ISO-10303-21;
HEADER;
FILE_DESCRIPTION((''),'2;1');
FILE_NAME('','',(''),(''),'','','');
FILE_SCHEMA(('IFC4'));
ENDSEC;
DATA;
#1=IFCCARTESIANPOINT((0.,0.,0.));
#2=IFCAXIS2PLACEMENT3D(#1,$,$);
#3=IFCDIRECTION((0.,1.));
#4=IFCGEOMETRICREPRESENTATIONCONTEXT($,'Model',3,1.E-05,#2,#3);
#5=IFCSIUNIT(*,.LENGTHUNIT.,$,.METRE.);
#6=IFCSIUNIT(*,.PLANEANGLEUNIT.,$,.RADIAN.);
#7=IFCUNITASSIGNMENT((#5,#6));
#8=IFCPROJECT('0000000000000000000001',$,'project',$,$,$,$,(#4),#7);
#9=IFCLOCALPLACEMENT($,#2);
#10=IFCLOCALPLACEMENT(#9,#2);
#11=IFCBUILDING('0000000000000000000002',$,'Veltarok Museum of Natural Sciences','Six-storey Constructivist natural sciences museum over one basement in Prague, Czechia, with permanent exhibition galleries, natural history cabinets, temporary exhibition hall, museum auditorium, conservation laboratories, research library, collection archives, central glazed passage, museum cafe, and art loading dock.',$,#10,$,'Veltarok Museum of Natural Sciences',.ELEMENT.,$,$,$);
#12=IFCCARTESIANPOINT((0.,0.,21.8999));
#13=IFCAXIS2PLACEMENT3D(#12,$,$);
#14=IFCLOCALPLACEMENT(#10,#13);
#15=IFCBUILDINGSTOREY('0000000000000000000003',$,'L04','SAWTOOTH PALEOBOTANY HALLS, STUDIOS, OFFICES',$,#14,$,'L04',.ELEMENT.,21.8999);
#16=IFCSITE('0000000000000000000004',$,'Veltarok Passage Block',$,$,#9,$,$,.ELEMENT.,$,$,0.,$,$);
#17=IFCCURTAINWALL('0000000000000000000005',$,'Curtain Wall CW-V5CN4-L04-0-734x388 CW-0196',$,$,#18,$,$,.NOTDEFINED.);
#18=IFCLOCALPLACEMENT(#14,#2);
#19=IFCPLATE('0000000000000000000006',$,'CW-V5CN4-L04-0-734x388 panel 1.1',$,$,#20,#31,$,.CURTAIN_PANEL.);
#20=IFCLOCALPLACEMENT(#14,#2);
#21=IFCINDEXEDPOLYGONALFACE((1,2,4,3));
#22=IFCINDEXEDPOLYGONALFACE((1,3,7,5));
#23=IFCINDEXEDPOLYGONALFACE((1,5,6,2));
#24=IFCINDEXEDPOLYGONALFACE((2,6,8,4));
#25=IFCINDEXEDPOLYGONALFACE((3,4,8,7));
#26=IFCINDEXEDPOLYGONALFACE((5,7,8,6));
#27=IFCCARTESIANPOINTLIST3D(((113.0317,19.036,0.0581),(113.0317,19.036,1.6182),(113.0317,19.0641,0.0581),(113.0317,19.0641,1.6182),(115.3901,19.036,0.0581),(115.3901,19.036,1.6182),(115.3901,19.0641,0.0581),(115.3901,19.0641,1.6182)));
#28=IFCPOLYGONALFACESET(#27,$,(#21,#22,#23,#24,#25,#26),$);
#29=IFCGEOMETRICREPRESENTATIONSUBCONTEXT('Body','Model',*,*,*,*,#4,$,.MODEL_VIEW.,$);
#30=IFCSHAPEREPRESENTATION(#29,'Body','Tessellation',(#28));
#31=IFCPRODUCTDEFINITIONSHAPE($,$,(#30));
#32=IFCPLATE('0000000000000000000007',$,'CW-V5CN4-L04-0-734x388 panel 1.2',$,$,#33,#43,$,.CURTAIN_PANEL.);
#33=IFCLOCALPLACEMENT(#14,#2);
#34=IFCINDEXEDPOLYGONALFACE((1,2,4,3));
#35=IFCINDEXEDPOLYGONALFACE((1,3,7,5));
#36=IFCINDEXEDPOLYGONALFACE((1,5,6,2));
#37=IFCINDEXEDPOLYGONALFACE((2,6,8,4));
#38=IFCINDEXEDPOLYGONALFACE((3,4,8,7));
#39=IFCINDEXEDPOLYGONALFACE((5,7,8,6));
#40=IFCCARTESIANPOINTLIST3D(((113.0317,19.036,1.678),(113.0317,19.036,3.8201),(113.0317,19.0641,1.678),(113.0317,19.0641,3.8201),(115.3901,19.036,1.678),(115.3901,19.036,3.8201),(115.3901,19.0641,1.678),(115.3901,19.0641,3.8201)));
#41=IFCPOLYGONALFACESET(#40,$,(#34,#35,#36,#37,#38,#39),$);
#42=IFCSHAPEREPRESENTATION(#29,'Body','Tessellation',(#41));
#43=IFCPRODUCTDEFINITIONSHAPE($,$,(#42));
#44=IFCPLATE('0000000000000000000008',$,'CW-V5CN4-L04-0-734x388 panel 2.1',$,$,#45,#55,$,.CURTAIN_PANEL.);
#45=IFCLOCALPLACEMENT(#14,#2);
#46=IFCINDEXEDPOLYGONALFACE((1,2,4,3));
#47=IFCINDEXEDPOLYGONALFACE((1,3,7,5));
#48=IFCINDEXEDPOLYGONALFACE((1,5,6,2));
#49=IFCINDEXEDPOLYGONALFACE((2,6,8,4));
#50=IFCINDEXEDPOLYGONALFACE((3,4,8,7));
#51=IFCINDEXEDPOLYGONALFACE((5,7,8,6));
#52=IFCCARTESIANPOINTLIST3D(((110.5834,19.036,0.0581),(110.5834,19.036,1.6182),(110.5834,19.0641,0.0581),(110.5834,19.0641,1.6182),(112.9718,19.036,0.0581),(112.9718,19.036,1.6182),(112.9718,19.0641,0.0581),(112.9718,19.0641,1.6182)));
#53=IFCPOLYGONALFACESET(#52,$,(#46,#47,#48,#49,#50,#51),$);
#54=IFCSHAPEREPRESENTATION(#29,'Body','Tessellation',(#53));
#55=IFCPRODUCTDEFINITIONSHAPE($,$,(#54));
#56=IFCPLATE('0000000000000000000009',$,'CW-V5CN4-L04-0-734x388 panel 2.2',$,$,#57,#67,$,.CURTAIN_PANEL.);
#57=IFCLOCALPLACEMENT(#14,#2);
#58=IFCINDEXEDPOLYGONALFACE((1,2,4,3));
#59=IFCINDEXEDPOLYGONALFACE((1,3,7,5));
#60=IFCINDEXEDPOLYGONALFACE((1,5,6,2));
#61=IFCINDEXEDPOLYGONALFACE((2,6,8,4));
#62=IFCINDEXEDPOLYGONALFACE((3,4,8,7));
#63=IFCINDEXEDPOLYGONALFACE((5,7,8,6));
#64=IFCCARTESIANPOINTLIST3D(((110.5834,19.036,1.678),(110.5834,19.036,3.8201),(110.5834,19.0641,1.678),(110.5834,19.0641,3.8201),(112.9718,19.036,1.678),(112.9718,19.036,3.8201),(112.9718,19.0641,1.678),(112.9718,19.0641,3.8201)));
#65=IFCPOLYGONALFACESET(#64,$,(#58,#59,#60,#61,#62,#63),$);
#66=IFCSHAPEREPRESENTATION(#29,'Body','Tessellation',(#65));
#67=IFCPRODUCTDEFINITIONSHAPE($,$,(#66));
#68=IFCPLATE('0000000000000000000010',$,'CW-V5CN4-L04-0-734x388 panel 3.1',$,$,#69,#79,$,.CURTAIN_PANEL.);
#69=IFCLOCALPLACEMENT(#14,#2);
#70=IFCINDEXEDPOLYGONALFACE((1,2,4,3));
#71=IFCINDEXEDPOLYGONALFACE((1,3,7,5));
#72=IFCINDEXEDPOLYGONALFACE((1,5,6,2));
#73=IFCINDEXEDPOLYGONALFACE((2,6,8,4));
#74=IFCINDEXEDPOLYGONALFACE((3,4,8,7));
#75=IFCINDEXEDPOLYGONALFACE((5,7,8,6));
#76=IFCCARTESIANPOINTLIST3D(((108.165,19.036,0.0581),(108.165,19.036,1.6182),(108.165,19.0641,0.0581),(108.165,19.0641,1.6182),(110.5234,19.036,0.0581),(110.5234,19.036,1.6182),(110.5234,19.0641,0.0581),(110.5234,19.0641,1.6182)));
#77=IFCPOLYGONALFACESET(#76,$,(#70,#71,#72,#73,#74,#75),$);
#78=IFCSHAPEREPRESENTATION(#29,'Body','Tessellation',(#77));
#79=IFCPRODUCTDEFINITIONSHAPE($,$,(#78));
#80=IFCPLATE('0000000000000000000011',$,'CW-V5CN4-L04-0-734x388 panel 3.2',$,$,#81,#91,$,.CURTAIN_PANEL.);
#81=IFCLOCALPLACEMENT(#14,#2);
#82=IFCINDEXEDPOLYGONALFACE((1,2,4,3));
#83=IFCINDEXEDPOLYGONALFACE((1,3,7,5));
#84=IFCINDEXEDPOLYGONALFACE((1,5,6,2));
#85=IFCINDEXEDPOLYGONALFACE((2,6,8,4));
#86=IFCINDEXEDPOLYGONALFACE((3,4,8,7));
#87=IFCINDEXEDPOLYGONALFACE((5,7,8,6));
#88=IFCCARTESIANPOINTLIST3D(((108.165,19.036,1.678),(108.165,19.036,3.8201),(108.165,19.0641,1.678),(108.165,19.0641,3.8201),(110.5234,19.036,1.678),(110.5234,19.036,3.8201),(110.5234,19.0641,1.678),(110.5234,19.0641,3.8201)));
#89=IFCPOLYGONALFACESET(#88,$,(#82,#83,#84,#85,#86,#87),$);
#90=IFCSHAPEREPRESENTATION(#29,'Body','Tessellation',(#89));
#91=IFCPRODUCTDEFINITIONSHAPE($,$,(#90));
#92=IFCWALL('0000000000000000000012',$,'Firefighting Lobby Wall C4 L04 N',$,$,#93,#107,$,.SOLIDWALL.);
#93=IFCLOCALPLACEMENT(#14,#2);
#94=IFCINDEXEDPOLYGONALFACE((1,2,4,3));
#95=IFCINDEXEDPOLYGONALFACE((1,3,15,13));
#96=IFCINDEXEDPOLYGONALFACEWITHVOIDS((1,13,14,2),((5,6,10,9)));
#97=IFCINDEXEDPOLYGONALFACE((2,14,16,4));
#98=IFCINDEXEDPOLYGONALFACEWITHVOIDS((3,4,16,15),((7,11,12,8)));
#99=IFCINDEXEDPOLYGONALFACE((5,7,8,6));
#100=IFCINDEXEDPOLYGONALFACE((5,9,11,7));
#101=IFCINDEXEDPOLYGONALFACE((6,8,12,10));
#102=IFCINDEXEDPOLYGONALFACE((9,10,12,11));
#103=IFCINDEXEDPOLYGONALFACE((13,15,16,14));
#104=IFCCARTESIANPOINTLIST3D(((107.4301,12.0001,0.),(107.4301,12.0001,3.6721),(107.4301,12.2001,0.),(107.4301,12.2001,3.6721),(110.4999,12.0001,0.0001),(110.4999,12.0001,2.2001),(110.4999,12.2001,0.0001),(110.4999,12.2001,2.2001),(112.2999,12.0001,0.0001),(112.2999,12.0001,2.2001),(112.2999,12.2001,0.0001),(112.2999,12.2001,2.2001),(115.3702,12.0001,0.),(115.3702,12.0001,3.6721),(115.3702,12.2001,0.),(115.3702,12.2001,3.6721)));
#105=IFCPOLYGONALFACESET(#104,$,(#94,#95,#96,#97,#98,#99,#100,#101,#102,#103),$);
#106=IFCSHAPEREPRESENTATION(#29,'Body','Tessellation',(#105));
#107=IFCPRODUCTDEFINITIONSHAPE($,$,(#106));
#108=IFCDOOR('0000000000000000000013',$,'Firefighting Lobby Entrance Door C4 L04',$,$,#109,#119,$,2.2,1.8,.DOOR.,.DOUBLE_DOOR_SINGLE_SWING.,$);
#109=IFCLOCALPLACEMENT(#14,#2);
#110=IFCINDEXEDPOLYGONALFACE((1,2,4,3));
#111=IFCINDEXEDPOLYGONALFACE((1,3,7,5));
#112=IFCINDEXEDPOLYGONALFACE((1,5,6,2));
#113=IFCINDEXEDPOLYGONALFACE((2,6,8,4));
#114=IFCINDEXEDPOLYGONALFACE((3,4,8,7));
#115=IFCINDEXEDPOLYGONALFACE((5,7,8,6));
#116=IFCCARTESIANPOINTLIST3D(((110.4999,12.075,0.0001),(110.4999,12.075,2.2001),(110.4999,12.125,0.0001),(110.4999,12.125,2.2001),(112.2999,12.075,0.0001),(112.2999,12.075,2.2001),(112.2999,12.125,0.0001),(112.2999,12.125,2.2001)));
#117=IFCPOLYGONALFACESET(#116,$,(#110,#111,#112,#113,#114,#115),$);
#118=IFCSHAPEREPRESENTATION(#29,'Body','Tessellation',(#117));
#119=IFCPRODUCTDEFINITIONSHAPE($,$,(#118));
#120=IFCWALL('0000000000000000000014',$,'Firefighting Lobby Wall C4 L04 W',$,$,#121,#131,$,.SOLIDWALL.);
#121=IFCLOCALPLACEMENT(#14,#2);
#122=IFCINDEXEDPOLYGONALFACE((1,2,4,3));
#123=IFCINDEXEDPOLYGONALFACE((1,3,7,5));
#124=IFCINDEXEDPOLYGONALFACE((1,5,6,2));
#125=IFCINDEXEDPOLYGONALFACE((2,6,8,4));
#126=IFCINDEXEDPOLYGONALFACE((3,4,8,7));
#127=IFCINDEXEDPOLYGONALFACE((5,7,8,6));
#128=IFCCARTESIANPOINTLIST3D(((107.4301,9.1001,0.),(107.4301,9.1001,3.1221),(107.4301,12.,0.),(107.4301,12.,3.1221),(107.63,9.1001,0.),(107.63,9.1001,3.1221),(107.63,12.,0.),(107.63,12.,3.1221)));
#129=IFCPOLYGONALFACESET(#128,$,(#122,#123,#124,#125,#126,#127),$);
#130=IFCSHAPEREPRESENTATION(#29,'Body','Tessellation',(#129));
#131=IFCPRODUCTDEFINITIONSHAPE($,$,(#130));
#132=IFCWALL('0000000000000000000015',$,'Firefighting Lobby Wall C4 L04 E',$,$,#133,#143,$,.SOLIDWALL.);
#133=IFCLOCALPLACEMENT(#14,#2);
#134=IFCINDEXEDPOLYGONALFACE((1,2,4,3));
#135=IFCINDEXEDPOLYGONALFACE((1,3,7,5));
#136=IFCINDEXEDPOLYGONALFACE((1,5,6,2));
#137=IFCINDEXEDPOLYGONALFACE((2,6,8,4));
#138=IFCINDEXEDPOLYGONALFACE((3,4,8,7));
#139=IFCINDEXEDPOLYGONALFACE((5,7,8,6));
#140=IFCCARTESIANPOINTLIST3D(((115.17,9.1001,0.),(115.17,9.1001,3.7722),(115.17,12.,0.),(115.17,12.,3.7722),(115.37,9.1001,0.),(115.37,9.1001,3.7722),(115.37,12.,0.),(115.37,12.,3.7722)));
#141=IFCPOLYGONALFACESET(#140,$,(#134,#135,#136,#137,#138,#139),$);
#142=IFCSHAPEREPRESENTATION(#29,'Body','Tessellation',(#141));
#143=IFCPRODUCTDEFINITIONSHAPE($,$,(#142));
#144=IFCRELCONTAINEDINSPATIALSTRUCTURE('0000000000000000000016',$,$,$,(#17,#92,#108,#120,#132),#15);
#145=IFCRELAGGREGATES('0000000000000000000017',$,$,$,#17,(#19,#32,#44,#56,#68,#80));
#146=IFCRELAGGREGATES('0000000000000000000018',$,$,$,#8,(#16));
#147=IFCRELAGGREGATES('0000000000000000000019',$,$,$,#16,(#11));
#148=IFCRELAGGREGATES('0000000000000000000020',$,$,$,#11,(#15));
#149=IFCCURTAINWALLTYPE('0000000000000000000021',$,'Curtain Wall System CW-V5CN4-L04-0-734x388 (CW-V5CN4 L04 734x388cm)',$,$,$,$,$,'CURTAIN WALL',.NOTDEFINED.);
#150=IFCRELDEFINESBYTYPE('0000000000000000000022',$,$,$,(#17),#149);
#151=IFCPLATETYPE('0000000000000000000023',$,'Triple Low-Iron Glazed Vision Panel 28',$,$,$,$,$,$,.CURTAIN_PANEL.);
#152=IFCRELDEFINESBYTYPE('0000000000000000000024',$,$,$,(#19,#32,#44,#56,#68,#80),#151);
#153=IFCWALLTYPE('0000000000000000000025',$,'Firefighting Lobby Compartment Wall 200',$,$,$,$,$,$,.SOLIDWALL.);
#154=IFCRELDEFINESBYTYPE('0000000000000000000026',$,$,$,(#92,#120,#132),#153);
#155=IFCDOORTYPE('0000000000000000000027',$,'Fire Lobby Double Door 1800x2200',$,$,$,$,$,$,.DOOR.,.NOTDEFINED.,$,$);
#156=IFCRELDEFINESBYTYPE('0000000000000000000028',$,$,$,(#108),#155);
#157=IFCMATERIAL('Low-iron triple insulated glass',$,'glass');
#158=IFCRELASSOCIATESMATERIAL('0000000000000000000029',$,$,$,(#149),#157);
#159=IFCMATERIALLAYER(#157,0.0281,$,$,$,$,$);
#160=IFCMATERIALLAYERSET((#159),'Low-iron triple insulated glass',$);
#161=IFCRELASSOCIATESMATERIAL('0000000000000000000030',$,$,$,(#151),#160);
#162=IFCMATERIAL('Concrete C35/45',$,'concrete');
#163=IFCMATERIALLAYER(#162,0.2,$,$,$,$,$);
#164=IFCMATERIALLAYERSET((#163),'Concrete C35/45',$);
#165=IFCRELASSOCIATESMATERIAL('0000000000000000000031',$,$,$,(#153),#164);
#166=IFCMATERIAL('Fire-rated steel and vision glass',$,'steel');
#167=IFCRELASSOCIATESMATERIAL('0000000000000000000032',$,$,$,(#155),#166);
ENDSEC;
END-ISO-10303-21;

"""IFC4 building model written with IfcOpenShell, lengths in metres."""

from ifc_helpers import new_model, si_unit, direction, frame, frame_2d, origin, origin_2d, place, context, subcontext, project, spatial, rectangle, extrude, material, layer, layer_set, type_object, element, fill, aggregate, save


model = new_model("IFC4")

# Units and contexts
model_context = context("Model", 3, precision=1e-05, world=origin(), true_north=direction((0.0, 1.0)))
body_context = subcontext(model_context, "Body", "Model", "MODEL_VIEW")
ifc_project = project(units=[si_unit("LENGTHUNIT", "METRE"), si_unit("PLANEANGLEUNIT", "RADIAN")], contexts=[model_context])

# Site, building, storey
site_placement = place(None, origin())
site = spatial("IfcSite", under=ifc_project, at=site_placement, Name="Veltarok Passage Block", CompositionType="ELEMENT", RefElevation=0.0)
building_placement = place(site_placement, origin())
building = spatial("IfcBuilding", under=site, at=building_placement, Name="Veltarok Museum of Natural Sciences", Description="Six-storey Constructivist natural sciences museum over one basement in Prague, Czechia, with permanent exhibition galleries, natural history cabinets, temporary exhibition hall, museum auditorium, conservation laboratories, research library, collection archives, central glazed passage, museum cafe, and art loading dock.", LongName="Veltarok Museum of Natural Sciences", CompositionType="ELEMENT")
storey_placement = place(building_placement, frame((0.0, 0.0, 21.8999)))
storey = spatial("IfcBuildingStorey", under=building, at=storey_placement, Name="L04", Description="SAWTOOTH PALEOBOTANY HALLS, STUDIOS, OFFICES", LongName="L04", CompositionType="ELEMENT", Elevation=21.8999)

# Curtain wall
ifc_material_1 = material(Name="Low-iron triple insulated glass", Category="glass")
curtain_wall_type = type_object("IfcCurtainWallType", Name="Curtain Wall System CW-V5CN4-L04-0-734x388 (CW-V5CN4 L04 734x388cm)", ElementType="CURTAIN WALL", PredefinedType="NOTDEFINED", material=ifc_material_1)
curtain_wall_placement = place(storey_placement, origin())
curtain_wall = element("IfcCurtainWall", 1, at=curtain_wall_placement, inside=storey, type_object=curtain_wall_type, Name="Curtain Wall CW-V5CN4-L04-0-734x388 CW-0196", PredefinedType="NOTDEFINED")

# Plates
ifc_layer_1 = layer(ifc_material_1, 0.0281)
ifc_layer_set_1 = layer_set([ifc_layer_1], Name="Low-iron triple insulated glass")
plate_type = type_object("IfcPlateType", Name="Triple Low-Iron Glazed Vision Panel 28", PredefinedType="CURTAIN_PANEL", material=ifc_layer_set_1)
plate_1_placement = place(storey_placement, frame((114.2109, 19.05, 0.0581), z_axis=(0.0, 0.0, 1.0), x_axis=(-1.0, 0.0, 0.0)))
plate_1 = element("IfcPlate", 2, at=plate_1_placement, type_object=plate_type, Name="CW-V5CN4-L04-0-734x388 panel 1.1", PredefinedType="CURTAIN_PANEL", context=body_context, shape_type="SweptSolid", body=[
    extrude(rectangle(XDim=2.3584, YDim=0.0281, at=origin_2d()), origin(), (0.0, 0.0, 1.0), 1.5601),
])
plate_2_placement = place(storey_placement, frame((114.2109, 19.05, 1.678), z_axis=(0.0, 0.0, 1.0), x_axis=(-1.0, 0.0, 0.0)))
plate_2 = element("IfcPlate", 3, at=plate_2_placement, type_object=plate_type, Name="CW-V5CN4-L04-0-734x388 panel 1.2", PredefinedType="CURTAIN_PANEL", context=body_context, shape_type="SweptSolid", body=[
    extrude(rectangle(XDim=2.3584, YDim=0.0281, at=origin_2d()), origin(), (0.0, 0.0, 1.0), 2.1421),
])
plate_3_placement = place(storey_placement, frame((111.7776, 19.05, 0.0581), z_axis=(0.0, 0.0, 1.0), x_axis=(-1.0, 0.0, 0.0)))
plate_3 = element("IfcPlate", 4, at=plate_3_placement, type_object=plate_type, Name="CW-V5CN4-L04-0-734x388 panel 2.1", PredefinedType="CURTAIN_PANEL", context=body_context, shape_type="SweptSolid", body=[
    extrude(rectangle(XDim=2.3884, YDim=0.0281, at=origin_2d()), origin(), (0.0, 0.0, 1.0), 1.5601),
])
plate_4_placement = place(storey_placement, frame((111.7776, 19.05, 1.678), z_axis=(0.0, 0.0, 1.0), x_axis=(-1.0, 0.0, 0.0)))
plate_4 = element("IfcPlate", 5, at=plate_4_placement, type_object=plate_type, Name="CW-V5CN4-L04-0-734x388 panel 2.2", PredefinedType="CURTAIN_PANEL", context=body_context, shape_type="SweptSolid", body=[
    extrude(rectangle(XDim=2.3884, YDim=0.0281, at=origin_2d()), origin(), (0.0, 0.0, 1.0), 2.1421),
])
plate_5_placement = place(storey_placement, frame((109.3442, 19.05, 0.0581), z_axis=(0.0, 0.0, 1.0), x_axis=(-1.0, 0.0, 0.0)))
plate_5 = element("IfcPlate", 6, at=plate_5_placement, type_object=plate_type, Name="CW-V5CN4-L04-0-734x388 panel 3.1", PredefinedType="CURTAIN_PANEL", context=body_context, shape_type="SweptSolid", body=[
    extrude(rectangle(XDim=2.3584, YDim=0.0281, at=origin_2d()), origin(), (0.0, 0.0, 1.0), 1.5601),
])
plate_6_placement = place(storey_placement, frame((109.3442, 19.05, 1.678), z_axis=(0.0, 0.0, 1.0), x_axis=(-1.0, 0.0, 0.0)))
plate_6 = element("IfcPlate", 7, at=plate_6_placement, type_object=plate_type, Name="CW-V5CN4-L04-0-734x388 panel 3.2", PredefinedType="CURTAIN_PANEL", context=body_context, shape_type="SweptSolid", body=[
    extrude(rectangle(XDim=2.3584, YDim=0.0281, at=origin_2d()), origin(), (0.0, 0.0, 1.0), 2.1421),
])
aggregate(curtain_wall, [plate_1, plate_2, plate_3, plate_4, plate_5, plate_6])

# Wall, opening, door
ifc_material_2 = material(Name="Concrete C35/45", Category="concrete")
ifc_layer_2 = layer(ifc_material_2, 0.2)
ifc_layer_set_2 = layer_set([ifc_layer_2], Name="Concrete C35/45")
wall_type_1 = type_object("IfcWallType", Name="Firefighting Lobby Compartment Wall 200", PredefinedType="SOLIDWALL", material=ifc_layer_set_2)
wall_1_placement = place(storey_placement, frame((107.4299, 12.1001, 0.0), z_axis=(0.0, 0.0, 1.0), x_axis=(1.0, 0.0, 0.0)))
wall_1 = element("IfcWall", 8, at=wall_1_placement, inside=storey, type_object=wall_type_1, Name="Firefighting Lobby Wall C4 L04 N", PredefinedType="SOLIDWALL", context=body_context, shape_type="SweptSolid", body=[
    extrude(rectangle(XDim=7.9402, YDim=0.2, at=frame_2d((3.9702, 0.0))), origin(), (0.0, 0.0, 1.0), 3.6721),
])
opening_1_placement = place(wall_1_placement, frame((3.0701, 0.0, 0.0)))
opening_1 = element("IfcOpeningElement", 9, at=opening_1_placement, cuts=wall_1, PredefinedType="OPENING", context=body_context, shape_type="SweptSolid", body=[
    extrude(rectangle(XDim=1.8, YDim=2.2, at=frame_2d((0.8999, 1.1001))), frame((0.0, 0.1099, 0.0), z_axis=(0.0, -1.0, 0.0), x_axis=(1.0, 0.0, 0.0)), (0.0, 0.0, 1.0), 0.22),
])
ifc_material_3 = material(Name="Fire-rated steel and vision glass", Category="steel")
door_type_1 = type_object("IfcDoorType", Name="Fire Lobby Double Door 1800x2200", OperationType="NOTDEFINED", PredefinedType="DOOR", material=ifc_material_3)
door_1_placement = place(opening_1_placement, origin())
door_1 = element("IfcDoor", 10, at=door_1_placement, inside=storey, type_object=door_type_1, Name="Firefighting Lobby Entrance Door C4 L04", OperationType="DOUBLE_DOOR_SINGLE_SWING", OverallHeight=2.2, OverallWidth=1.8, PredefinedType="DOOR", context=body_context, shape_type="SweptSolid", body=[
    extrude(rectangle(XDim=1.8, YDim=2.2, at=frame_2d((0.8999, 1.1001))), frame((0.0, 0.0249, 0.0), z_axis=(0.0, -1.0, 0.0), x_axis=(1.0, 0.0, 0.0)), (0.0, 0.0, 1.0), 0.05),
])
fill(opening_1, door_1)

# Walls
wall_2_placement = place(storey_placement, frame((107.53, 9.1001, 0.0), z_axis=(0.0, 0.0, 1.0), x_axis=(0.0, 1.0, 0.0)))
element("IfcWall", 11, at=wall_2_placement, inside=storey, type_object=wall_type_1, Name="Firefighting Lobby Wall C4 L04 W", PredefinedType="SOLIDWALL", context=body_context, shape_type="SweptSolid", body=[
    extrude(rectangle(XDim=2.8999, YDim=0.2, at=frame_2d((1.45, 0.0))), origin(), (0.0, 0.0, 1.0), 3.1221),
])
wall_3_placement = place(storey_placement, frame((115.27, 12.0, 0.0), z_axis=(0.0, 0.0, 1.0), x_axis=(0.0, -1.0, 0.0)))
element("IfcWall", 12, at=wall_3_placement, inside=storey, type_object=wall_type_1, Name="Firefighting Lobby Wall C4 L04 E", PredefinedType="SOLIDWALL", context=body_context, shape_type="SweptSolid", body=[
    extrude(rectangle(XDim=2.8999, YDim=0.2, at=frame_2d((1.45, 0.0))), origin(), (0.0, 0.0, 1.0), 3.7722),
])

save(model, "model.ifc")
